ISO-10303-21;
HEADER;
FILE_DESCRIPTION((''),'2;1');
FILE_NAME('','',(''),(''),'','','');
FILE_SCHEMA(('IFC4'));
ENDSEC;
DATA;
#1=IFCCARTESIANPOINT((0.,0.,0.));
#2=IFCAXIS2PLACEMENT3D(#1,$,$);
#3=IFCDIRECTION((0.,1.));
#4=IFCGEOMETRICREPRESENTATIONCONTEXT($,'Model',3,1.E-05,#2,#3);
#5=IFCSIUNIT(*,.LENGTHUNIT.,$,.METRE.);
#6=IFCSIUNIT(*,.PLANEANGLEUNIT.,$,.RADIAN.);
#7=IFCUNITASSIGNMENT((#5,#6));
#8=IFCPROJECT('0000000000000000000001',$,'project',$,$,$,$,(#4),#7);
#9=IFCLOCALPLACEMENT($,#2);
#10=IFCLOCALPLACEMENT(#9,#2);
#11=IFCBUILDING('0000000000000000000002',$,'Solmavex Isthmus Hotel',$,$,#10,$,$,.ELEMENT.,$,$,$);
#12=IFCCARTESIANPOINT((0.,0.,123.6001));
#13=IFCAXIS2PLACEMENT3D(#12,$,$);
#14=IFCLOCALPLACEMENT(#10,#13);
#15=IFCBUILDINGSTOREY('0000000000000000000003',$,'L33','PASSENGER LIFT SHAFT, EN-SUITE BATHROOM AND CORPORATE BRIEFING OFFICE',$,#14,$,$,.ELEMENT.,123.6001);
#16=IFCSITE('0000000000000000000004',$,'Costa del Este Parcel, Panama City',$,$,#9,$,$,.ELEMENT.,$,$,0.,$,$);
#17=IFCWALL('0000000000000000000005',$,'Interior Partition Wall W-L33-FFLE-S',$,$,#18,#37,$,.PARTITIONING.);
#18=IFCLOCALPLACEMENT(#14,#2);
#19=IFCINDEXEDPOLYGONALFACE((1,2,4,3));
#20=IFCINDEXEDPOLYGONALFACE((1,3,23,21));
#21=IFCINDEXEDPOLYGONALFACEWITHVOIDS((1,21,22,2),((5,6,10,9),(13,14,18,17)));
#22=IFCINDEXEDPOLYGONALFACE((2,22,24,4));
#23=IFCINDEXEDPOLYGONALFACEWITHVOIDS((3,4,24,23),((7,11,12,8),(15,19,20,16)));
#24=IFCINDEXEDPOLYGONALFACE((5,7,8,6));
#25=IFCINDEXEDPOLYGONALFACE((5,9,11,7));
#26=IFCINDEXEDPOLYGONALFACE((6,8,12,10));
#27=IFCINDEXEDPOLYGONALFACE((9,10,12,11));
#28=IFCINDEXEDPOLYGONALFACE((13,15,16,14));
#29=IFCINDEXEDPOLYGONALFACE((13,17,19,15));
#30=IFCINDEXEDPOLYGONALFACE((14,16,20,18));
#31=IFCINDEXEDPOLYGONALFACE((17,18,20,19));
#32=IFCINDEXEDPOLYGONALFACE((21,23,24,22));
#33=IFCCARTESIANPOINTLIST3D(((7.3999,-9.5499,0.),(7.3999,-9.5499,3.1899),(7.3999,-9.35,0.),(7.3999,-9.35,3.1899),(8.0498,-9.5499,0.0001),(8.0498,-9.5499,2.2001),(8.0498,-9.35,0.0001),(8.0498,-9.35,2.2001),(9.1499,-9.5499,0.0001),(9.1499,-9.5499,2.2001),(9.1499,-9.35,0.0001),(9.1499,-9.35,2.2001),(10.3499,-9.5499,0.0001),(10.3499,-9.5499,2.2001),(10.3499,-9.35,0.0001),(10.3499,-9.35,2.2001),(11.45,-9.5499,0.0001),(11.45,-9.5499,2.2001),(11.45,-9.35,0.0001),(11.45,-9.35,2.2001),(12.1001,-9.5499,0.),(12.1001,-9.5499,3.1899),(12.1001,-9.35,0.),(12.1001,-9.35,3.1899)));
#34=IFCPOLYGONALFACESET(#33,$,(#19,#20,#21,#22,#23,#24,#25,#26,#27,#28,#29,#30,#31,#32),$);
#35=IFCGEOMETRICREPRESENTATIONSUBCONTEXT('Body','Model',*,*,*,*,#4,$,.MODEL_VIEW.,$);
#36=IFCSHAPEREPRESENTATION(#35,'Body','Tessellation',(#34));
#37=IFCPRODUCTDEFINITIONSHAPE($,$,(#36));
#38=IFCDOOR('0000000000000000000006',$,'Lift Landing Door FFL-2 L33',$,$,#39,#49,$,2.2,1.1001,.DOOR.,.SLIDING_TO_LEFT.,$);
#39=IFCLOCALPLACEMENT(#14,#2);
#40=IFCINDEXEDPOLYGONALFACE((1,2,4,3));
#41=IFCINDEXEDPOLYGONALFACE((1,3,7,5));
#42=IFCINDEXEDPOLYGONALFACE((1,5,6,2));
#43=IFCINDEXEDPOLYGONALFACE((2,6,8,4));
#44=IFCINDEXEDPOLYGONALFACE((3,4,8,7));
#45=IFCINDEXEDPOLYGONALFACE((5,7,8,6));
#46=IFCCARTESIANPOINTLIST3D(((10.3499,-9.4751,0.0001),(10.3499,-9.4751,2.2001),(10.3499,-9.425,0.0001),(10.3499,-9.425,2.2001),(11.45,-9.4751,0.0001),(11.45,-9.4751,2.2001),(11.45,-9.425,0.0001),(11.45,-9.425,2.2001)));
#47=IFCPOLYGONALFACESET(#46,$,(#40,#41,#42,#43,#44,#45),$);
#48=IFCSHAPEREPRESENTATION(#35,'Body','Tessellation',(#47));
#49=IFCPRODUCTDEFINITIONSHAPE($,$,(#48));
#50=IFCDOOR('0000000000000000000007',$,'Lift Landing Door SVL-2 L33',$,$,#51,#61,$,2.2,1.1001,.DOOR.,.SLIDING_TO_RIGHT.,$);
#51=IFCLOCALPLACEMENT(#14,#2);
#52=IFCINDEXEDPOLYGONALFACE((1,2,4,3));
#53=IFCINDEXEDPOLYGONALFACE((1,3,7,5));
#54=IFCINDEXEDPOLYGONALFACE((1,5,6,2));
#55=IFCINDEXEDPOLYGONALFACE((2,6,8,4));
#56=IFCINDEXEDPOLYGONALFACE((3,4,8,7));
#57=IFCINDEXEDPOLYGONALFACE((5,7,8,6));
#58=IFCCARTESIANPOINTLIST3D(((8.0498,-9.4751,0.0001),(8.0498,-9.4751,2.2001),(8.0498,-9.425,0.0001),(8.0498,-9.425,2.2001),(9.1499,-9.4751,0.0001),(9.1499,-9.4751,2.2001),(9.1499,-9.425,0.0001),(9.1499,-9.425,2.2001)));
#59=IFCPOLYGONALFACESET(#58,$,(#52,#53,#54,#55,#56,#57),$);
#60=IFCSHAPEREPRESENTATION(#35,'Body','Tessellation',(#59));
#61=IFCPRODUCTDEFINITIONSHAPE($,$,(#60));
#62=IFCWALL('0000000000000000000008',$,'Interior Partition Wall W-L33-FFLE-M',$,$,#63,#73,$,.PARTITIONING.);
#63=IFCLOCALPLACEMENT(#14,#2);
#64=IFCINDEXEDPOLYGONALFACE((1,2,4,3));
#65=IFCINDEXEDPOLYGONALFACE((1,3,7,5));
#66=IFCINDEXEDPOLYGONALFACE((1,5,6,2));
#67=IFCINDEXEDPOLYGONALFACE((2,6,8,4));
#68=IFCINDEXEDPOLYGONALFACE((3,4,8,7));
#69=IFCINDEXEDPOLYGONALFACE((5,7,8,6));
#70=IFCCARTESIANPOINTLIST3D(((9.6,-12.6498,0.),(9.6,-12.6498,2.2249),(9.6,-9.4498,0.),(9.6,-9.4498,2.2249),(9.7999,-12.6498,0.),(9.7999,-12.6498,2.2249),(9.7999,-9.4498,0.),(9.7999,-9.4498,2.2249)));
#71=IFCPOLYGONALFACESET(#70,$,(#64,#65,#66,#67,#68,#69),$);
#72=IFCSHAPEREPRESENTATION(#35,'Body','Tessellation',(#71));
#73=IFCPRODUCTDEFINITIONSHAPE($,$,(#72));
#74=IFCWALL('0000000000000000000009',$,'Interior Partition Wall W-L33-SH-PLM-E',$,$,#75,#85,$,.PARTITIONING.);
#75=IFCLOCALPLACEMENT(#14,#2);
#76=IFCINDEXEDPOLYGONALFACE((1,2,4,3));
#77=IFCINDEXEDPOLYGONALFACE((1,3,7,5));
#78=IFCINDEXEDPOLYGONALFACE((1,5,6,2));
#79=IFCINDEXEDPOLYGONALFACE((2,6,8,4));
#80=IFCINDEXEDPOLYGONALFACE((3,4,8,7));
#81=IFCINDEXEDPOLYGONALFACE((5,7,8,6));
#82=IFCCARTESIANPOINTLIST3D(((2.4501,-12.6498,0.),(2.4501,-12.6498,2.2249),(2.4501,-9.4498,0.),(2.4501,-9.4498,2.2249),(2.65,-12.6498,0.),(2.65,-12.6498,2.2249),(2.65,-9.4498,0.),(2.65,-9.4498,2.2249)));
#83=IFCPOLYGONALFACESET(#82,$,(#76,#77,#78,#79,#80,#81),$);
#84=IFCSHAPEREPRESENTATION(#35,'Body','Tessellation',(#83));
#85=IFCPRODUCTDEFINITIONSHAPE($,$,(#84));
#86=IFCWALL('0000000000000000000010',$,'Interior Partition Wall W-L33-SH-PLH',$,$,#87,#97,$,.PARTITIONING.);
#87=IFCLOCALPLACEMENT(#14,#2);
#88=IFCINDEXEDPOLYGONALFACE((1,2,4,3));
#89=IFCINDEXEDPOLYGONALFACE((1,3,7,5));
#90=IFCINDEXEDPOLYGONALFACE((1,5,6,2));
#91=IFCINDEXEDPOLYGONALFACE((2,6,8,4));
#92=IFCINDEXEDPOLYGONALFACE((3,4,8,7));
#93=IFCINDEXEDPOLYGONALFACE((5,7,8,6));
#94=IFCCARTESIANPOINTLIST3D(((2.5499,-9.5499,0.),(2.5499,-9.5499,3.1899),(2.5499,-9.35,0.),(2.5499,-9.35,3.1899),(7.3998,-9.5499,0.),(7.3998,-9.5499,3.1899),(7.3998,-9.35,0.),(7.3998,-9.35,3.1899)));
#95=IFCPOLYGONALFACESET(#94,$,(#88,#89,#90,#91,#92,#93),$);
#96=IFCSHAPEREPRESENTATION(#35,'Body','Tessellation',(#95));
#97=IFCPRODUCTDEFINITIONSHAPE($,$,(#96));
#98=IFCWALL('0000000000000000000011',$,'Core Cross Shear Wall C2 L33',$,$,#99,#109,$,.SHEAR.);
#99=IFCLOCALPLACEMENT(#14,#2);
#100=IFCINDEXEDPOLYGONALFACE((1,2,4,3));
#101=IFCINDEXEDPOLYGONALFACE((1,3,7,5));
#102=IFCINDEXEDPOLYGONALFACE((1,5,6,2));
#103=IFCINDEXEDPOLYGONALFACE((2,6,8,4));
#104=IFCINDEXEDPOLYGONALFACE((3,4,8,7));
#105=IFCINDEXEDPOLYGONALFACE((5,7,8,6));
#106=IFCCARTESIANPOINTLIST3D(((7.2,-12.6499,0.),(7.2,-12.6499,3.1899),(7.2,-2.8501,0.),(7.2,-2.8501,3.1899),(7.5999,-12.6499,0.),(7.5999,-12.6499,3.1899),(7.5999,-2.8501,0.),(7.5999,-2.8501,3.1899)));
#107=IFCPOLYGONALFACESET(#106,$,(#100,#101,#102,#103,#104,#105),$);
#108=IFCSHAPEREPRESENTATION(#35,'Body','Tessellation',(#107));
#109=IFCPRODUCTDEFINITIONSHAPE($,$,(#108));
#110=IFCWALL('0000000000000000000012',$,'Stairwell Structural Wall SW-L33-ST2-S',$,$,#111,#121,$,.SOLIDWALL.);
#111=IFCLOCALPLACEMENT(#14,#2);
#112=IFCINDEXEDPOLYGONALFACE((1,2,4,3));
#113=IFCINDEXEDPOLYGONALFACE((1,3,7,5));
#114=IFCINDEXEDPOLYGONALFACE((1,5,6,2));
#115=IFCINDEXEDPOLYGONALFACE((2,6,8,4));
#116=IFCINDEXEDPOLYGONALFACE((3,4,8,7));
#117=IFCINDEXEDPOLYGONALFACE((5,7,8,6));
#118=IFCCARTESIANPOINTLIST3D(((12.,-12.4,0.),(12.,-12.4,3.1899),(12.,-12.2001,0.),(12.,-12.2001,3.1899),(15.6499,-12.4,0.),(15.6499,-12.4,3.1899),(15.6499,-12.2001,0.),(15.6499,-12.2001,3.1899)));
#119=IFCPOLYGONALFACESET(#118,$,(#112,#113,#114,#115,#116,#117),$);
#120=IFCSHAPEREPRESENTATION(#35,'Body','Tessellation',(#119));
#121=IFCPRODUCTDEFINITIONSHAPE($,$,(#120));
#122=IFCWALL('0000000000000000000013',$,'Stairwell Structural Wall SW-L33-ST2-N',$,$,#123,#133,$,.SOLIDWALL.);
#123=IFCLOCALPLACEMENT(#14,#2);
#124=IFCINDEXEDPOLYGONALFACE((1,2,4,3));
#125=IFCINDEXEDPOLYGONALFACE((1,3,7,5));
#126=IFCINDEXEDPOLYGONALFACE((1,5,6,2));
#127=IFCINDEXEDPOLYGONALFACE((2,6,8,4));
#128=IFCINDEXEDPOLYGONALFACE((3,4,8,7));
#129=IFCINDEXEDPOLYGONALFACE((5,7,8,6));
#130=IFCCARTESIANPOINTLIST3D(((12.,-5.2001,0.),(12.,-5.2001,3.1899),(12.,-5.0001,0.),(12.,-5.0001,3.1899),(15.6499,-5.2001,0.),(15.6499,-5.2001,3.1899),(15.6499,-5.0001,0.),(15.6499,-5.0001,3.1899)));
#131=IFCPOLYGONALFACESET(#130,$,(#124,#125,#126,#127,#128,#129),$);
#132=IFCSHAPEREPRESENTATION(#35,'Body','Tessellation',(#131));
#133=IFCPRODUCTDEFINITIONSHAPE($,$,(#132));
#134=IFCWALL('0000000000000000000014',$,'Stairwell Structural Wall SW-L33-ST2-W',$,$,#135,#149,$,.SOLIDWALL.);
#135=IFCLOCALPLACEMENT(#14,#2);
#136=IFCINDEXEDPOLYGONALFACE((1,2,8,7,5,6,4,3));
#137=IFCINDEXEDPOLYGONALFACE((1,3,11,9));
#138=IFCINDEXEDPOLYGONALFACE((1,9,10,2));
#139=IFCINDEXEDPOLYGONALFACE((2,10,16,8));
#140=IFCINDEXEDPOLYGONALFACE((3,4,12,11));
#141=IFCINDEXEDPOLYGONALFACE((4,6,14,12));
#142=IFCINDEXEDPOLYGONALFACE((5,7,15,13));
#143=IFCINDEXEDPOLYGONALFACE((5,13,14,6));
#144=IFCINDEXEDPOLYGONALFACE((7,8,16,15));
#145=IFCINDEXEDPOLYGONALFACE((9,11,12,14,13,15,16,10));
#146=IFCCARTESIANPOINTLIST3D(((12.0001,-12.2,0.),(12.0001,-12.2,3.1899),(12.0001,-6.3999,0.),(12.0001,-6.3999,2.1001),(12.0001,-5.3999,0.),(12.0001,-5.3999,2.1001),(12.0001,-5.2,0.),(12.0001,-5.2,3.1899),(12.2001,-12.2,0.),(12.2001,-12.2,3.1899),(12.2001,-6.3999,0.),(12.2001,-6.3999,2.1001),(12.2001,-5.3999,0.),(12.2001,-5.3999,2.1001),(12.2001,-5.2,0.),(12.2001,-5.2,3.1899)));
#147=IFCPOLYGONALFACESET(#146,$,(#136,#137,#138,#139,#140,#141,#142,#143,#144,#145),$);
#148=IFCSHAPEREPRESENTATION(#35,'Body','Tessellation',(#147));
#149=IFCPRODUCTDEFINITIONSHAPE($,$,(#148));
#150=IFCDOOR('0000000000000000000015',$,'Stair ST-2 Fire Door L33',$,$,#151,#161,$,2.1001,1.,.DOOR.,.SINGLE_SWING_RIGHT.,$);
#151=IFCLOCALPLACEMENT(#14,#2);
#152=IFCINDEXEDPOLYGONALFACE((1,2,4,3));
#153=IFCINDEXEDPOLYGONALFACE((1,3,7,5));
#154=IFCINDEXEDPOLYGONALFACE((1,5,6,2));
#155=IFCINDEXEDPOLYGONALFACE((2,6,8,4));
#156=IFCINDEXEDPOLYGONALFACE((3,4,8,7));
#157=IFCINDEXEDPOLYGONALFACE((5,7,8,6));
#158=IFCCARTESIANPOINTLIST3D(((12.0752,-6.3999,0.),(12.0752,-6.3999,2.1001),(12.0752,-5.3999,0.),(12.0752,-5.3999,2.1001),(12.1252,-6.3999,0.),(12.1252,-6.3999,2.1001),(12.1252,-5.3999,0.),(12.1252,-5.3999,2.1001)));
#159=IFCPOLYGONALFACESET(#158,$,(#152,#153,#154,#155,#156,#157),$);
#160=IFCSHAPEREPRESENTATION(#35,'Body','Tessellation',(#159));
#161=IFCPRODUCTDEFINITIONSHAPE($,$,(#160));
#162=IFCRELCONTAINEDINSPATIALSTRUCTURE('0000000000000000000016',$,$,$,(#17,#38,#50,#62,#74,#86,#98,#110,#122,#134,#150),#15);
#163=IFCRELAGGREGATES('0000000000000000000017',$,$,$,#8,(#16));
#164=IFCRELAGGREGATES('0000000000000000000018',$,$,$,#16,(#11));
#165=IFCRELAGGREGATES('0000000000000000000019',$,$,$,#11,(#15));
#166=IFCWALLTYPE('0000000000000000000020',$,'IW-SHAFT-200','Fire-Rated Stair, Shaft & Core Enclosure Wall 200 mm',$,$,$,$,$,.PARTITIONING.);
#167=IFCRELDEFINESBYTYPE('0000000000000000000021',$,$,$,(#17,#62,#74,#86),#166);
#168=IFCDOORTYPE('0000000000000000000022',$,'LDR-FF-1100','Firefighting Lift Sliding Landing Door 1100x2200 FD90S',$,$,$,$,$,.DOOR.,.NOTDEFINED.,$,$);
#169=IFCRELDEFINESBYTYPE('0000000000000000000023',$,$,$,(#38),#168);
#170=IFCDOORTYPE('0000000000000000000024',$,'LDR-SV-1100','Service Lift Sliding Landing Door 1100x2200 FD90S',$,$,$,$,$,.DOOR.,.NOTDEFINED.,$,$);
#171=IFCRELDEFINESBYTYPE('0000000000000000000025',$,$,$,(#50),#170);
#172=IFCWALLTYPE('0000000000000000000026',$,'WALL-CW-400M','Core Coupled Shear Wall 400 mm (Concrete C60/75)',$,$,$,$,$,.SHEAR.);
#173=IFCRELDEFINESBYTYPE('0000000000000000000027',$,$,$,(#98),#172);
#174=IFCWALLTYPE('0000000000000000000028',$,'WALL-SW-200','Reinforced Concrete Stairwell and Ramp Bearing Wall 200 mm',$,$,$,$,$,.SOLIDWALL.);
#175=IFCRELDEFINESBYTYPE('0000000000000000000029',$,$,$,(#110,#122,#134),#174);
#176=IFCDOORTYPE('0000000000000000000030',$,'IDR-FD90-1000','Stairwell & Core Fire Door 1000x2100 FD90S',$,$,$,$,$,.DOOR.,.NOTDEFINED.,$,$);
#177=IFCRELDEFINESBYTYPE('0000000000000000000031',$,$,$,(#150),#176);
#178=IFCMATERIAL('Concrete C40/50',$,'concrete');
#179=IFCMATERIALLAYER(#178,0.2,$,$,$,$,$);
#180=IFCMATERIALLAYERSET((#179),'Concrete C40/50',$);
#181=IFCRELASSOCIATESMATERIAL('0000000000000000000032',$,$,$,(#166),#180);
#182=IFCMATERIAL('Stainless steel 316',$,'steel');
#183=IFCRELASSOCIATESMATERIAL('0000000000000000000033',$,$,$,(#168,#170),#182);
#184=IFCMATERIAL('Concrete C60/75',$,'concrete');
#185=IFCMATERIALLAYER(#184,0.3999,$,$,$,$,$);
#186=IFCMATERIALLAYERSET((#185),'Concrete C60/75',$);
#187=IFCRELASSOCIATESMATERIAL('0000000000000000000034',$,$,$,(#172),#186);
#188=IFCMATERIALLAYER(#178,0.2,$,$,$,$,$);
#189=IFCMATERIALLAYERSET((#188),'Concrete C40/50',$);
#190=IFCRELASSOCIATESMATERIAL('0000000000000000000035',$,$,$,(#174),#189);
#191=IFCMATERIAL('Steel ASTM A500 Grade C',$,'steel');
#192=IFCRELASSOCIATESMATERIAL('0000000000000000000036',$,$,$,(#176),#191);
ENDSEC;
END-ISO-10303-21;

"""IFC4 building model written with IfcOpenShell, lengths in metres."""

from ifc_helpers import new_model, si_unit, direction, frame, frame_2d, origin, place, context, subcontext, project, spatial, rectangle, extrude, material, layer, layer_set, type_object, element, fill, save


model = new_model("IFC4")

# Units and contexts
model_context = context("Model", 3, precision=1e-05, world=origin(), true_north=direction((0.0, 1.0)))
body_context = subcontext(model_context, "Body", "Model", "MODEL_VIEW")
ifc_project = project(units=[si_unit("LENGTHUNIT", "METRE"), si_unit("PLANEANGLEUNIT", "RADIAN")], contexts=[model_context])

# Site, building, storey
site_placement = place(None, origin())
site = spatial("IfcSite", under=ifc_project, at=site_placement, Name="Costa del Este Parcel, Panama City", CompositionType="ELEMENT", RefElevation=0.0)
building_placement = place(site_placement, origin())
building = spatial("IfcBuilding", under=site, at=building_placement, Name="Solmavex Isthmus Hotel", CompositionType="ELEMENT")
storey_placement = place(building_placement, frame((0.0, 0.0, 123.6001)))
storey = spatial("IfcBuildingStorey", under=building, at=storey_placement, Name="L33", Description="PASSENGER LIFT SHAFT, EN-SUITE BATHROOM AND CORPORATE BRIEFING OFFICE", CompositionType="ELEMENT", Elevation=123.6001)

# Shared definitions
ifc_material_1 = material(Name="Concrete C60/75", Category="concrete")

# Shared definitions
ifc_material_2 = material(Name="Steel ASTM A500 Grade C", Category="steel")

# Shared definitions
ifc_material_3 = material(Name="Concrete C40/50", Category="concrete")

# Shared definitions
ifc_layer_1 = layer(ifc_material_3, 0.2)
ifc_layer_set_1 = layer_set([ifc_layer_1], Name="Concrete C40/50")
wall_type_1 = type_object("IfcWallType", Name="IW-SHAFT-200", Description="Fire-Rated Stair, Shaft & Core Enclosure Wall 200 mm", PredefinedType="PARTITIONING", material=ifc_layer_set_1)

# Wall, openings, doors
wall_1_placement = place(storey_placement, frame((7.3999, -9.45, 0.0), z_axis=(0.0, 0.0, 1.0), x_axis=(1.0, 0.0, 0.0)))
wall_1 = element("IfcWall", 1, at=wall_1_placement, inside=storey, type_object=wall_type_1, Name="Interior Partition Wall W-L33-FFLE-S", PredefinedType="PARTITIONING", context=body_context, shape_type="SweptSolid", body=[
    extrude(rectangle(XDim=4.7002, YDim=0.2, at=frame_2d((2.3501, 0.0))), origin(), (0.0, 0.0, 1.0), 3.1899),
])
opening_1_placement = place(wall_1_placement, frame((2.95, 0.0, 0.0)))
opening_1 = element("IfcOpeningElement", 2, at=opening_1_placement, cuts=wall_1, PredefinedType="OPENING", context=body_context, shape_type="SweptSolid", body=[
    extrude(rectangle(XDim=1.1001, YDim=2.2, at=frame_2d((0.55, 1.1001))), frame((0.0, 0.1099, 0.0), z_axis=(0.0, -1.0, 0.0), x_axis=(1.0, 0.0, 0.0)), (0.0, 0.0, 1.0), 0.22),
])
opening_2_placement = place(wall_1_placement, frame((0.6499, 0.0, 0.0)))
opening_2 = element("IfcOpeningElement", 3, at=opening_2_placement, cuts=wall_1, PredefinedType="OPENING", context=body_context, shape_type="SweptSolid", body=[
    extrude(rectangle(XDim=1.1001, YDim=2.2, at=frame_2d((0.55, 1.1001))), frame((0.0, 0.1099, 0.0), z_axis=(0.0, -1.0, 0.0), x_axis=(1.0, 0.0, 0.0)), (0.0, 0.0, 1.0), 0.22),
])
ifc_material_4 = material(Name="Stainless steel 316", Category="steel")
door_type_1 = type_object("IfcDoorType", Name="LDR-FF-1100", Description="Firefighting Lift Sliding Landing Door 1100x2200 FD90S", OperationType="NOTDEFINED", PredefinedType="DOOR", material=ifc_material_4)
door_1_placement = place(opening_1_placement, origin())
door_1 = element("IfcDoor", 4, at=door_1_placement, inside=storey, type_object=door_type_1, Name="Lift Landing Door FFL-2 L33", OperationType="SLIDING_TO_LEFT", OverallHeight=2.2, OverallWidth=1.1001, PredefinedType="DOOR", context=body_context, shape_type="SweptSolid", body=[
    extrude(rectangle(XDim=1.1001, YDim=2.2, at=frame_2d((0.55, 1.1001))), frame((0.0, 0.0249, 0.0), z_axis=(0.0, -1.0, 0.0), x_axis=(1.0, 0.0, 0.0)), (0.0, 0.0, 1.0), 0.05),
])
fill(opening_1, door_1)
door_type_2 = type_object("IfcDoorType", Name="LDR-SV-1100", Description="Service Lift Sliding Landing Door 1100x2200 FD90S", OperationType="NOTDEFINED", PredefinedType="DOOR", material=ifc_material_4)
door_2_placement = place(opening_2_placement, origin())
door_2 = element("IfcDoor", 5, at=door_2_placement, inside=storey, type_object=door_type_2, Name="Lift Landing Door SVL-2 L33", OperationType="SLIDING_TO_RIGHT", OverallHeight=2.2, OverallWidth=1.1001, PredefinedType="DOOR", context=body_context, shape_type="SweptSolid", body=[
    extrude(rectangle(XDim=1.1001, YDim=2.2, at=frame_2d((0.55, 1.1001))), frame((0.0, 0.0249, 0.0), z_axis=(0.0, -1.0, 0.0), x_axis=(1.0, 0.0, 0.0)), (0.0, 0.0, 1.0), 0.05),
])
fill(opening_2, door_2)

# Walls
for number, where, z_axis, x_axis, name in (
    (6, (9.7, -12.6499, 0.0), (0.0, 0.0, 1.0), (0.0, 1.0, 0.0), "Interior Partition Wall W-L33-FFLE-M"),
    (7, (2.55, -12.6499, 0.0), (0.0, 0.0, 1.0), (0.0, 1.0, 0.0), "Interior Partition Wall W-L33-SH-PLM-E"),
):
    element("IfcWall", number, at=place(storey_placement, frame(where, z_axis=z_axis, x_axis=x_axis)), inside=storey, type_object=wall_type_1, Name=name, PredefinedType="PARTITIONING", context=body_context, shape_type="SweptSolid", body=[
        extrude(rectangle(XDim=3.2, YDim=0.2, at=frame_2d((1.6001, 0.0))), origin(), (0.0, 0.0, 1.0), 2.2249),
    ])
wall_2_placement = place(storey_placement, frame((2.55, -9.45, 0.0), z_axis=(0.0, 0.0, 1.0), x_axis=(1.0, 0.0, 0.0)))
element("IfcWall", 8, at=wall_2_placement, inside=storey, type_object=wall_type_1, Name="Interior Partition Wall W-L33-SH-PLH", PredefinedType="PARTITIONING", context=body_context, shape_type="SweptSolid", body=[
    extrude(rectangle(XDim=4.8499, YDim=0.2, at=frame_2d((2.4248, 0.0))), origin(), (0.0, 0.0, 1.0), 3.1899),
])
ifc_layer_2 = layer(ifc_material_1, 0.3999)
ifc_layer_set_2 = layer_set([ifc_layer_2], Name="Concrete C60/75")
wall_type_2 = type_object("IfcWallType", Name="WALL-CW-400M", Description="Core Coupled Shear Wall 400 mm (Concrete C60/75)", PredefinedType="SHEAR", material=ifc_layer_set_2)
wall_3_placement = place(storey_placement, frame((7.3999, -12.6499, 0.0), z_axis=(0.0, 0.0, 1.0), x_axis=(0.0, 1.0, 0.0)))
element("IfcWall", 9, at=wall_3_placement, inside=storey, type_object=wall_type_2, Name="Core Cross Shear Wall C2 L33", PredefinedType="SHEAR", context=body_context, shape_type="SweptSolid", body=[
    extrude(rectangle(XDim=9.7998, YDim=0.3999, at=frame_2d((4.8999, 0.0))), origin(), (0.0, 0.0, 1.0), 3.1899),
])
ifc_layer_3 = layer(ifc_material_3, 0.2)
ifc_layer_set_3 = layer_set([ifc_layer_3], Name="Concrete C40/50")
wall_type_3 = type_object("IfcWallType", Name="WALL-SW-200", Description="Reinforced Concrete Stairwell and Ramp Bearing Wall 200 mm", PredefinedType="SOLIDWALL", material=ifc_layer_set_3)
for number, where, z_axis, x_axis, name in (
    (10, (12.0, -12.3, 0.0), (0.0, 0.0, 1.0), (1.0, 0.0, 0.0), "Stairwell Structural Wall SW-L33-ST2-S"),
    (11, (12.0, -5.1001, 0.0), (0.0, 0.0, 1.0), (1.0, 0.0, 0.0), "Stairwell Structural Wall SW-L33-ST2-N"),
):
    element("IfcWall", number, at=place(storey_placement, frame(where, z_axis=z_axis, x_axis=x_axis)), inside=storey, type_object=wall_type_3, Name=name, PredefinedType="SOLIDWALL", context=body_context, shape_type="SweptSolid", body=[
        extrude(rectangle(XDim=3.6499, YDim=0.2, at=frame_2d((1.825, 0.0))), origin(), (0.0, 0.0, 1.0), 3.1899),
    ])

# Wall, opening, door
wall_4_placement = place(storey_placement, frame((12.1001, -12.2, 0.0), z_axis=(0.0, 0.0, 1.0), x_axis=(0.0, 1.0, 0.0)))
wall_4 = element("IfcWall", 12, at=wall_4_placement, inside=storey, type_object=wall_type_3, Name="Stairwell Structural Wall SW-L33-ST2-W", PredefinedType="SOLIDWALL", context=body_context, shape_type="SweptSolid", body=[
    extrude(rectangle(XDim=7.0, YDim=0.2, at=frame_2d((3.5, 0.0))), origin(), (0.0, 0.0, 1.0), 3.1899),
])
opening_3_placement = place(wall_4_placement, frame((5.8, 0.0, 0.0)))
opening_3 = element("IfcOpeningElement", 13, at=opening_3_placement, cuts=wall_4, PredefinedType="OPENING", context=body_context, shape_type="SweptSolid", body=[
    extrude(rectangle(XDim=1.0, YDim=2.1001, at=frame_2d((0.5, 1.05))), frame((0.0, 0.1099, 0.0), z_axis=(0.0, -1.0, 0.0), x_axis=(1.0, 0.0, 0.0)), (0.0, 0.0, 1.0), 0.22),
])
door_type_3 = type_object("IfcDoorType", Name="IDR-FD90-1000", Description="Stairwell & Core Fire Door 1000x2100 FD90S", OperationType="NOTDEFINED", PredefinedType="DOOR", material=ifc_material_2)
door_3_placement = place(opening_3_placement, origin())
door_3 = element("IfcDoor", 14, at=door_3_placement, inside=storey, type_object=door_type_3, Name="Stair ST-2 Fire Door L33", OperationType="SINGLE_SWING_RIGHT", OverallHeight=2.1001, OverallWidth=1.0, PredefinedType="DOOR", context=body_context, shape_type="SweptSolid", body=[
    extrude(rectangle(XDim=1.0, YDim=2.1001, at=frame_2d((0.5, 1.05))), frame((0.0, 0.0249, 0.0), z_axis=(0.0, -1.0, 0.0), x_axis=(1.0, 0.0, 0.0)), (0.0, 0.0, 1.0), 0.05),
])
fill(opening_3, door_3)

save(model, "model.ifc")
